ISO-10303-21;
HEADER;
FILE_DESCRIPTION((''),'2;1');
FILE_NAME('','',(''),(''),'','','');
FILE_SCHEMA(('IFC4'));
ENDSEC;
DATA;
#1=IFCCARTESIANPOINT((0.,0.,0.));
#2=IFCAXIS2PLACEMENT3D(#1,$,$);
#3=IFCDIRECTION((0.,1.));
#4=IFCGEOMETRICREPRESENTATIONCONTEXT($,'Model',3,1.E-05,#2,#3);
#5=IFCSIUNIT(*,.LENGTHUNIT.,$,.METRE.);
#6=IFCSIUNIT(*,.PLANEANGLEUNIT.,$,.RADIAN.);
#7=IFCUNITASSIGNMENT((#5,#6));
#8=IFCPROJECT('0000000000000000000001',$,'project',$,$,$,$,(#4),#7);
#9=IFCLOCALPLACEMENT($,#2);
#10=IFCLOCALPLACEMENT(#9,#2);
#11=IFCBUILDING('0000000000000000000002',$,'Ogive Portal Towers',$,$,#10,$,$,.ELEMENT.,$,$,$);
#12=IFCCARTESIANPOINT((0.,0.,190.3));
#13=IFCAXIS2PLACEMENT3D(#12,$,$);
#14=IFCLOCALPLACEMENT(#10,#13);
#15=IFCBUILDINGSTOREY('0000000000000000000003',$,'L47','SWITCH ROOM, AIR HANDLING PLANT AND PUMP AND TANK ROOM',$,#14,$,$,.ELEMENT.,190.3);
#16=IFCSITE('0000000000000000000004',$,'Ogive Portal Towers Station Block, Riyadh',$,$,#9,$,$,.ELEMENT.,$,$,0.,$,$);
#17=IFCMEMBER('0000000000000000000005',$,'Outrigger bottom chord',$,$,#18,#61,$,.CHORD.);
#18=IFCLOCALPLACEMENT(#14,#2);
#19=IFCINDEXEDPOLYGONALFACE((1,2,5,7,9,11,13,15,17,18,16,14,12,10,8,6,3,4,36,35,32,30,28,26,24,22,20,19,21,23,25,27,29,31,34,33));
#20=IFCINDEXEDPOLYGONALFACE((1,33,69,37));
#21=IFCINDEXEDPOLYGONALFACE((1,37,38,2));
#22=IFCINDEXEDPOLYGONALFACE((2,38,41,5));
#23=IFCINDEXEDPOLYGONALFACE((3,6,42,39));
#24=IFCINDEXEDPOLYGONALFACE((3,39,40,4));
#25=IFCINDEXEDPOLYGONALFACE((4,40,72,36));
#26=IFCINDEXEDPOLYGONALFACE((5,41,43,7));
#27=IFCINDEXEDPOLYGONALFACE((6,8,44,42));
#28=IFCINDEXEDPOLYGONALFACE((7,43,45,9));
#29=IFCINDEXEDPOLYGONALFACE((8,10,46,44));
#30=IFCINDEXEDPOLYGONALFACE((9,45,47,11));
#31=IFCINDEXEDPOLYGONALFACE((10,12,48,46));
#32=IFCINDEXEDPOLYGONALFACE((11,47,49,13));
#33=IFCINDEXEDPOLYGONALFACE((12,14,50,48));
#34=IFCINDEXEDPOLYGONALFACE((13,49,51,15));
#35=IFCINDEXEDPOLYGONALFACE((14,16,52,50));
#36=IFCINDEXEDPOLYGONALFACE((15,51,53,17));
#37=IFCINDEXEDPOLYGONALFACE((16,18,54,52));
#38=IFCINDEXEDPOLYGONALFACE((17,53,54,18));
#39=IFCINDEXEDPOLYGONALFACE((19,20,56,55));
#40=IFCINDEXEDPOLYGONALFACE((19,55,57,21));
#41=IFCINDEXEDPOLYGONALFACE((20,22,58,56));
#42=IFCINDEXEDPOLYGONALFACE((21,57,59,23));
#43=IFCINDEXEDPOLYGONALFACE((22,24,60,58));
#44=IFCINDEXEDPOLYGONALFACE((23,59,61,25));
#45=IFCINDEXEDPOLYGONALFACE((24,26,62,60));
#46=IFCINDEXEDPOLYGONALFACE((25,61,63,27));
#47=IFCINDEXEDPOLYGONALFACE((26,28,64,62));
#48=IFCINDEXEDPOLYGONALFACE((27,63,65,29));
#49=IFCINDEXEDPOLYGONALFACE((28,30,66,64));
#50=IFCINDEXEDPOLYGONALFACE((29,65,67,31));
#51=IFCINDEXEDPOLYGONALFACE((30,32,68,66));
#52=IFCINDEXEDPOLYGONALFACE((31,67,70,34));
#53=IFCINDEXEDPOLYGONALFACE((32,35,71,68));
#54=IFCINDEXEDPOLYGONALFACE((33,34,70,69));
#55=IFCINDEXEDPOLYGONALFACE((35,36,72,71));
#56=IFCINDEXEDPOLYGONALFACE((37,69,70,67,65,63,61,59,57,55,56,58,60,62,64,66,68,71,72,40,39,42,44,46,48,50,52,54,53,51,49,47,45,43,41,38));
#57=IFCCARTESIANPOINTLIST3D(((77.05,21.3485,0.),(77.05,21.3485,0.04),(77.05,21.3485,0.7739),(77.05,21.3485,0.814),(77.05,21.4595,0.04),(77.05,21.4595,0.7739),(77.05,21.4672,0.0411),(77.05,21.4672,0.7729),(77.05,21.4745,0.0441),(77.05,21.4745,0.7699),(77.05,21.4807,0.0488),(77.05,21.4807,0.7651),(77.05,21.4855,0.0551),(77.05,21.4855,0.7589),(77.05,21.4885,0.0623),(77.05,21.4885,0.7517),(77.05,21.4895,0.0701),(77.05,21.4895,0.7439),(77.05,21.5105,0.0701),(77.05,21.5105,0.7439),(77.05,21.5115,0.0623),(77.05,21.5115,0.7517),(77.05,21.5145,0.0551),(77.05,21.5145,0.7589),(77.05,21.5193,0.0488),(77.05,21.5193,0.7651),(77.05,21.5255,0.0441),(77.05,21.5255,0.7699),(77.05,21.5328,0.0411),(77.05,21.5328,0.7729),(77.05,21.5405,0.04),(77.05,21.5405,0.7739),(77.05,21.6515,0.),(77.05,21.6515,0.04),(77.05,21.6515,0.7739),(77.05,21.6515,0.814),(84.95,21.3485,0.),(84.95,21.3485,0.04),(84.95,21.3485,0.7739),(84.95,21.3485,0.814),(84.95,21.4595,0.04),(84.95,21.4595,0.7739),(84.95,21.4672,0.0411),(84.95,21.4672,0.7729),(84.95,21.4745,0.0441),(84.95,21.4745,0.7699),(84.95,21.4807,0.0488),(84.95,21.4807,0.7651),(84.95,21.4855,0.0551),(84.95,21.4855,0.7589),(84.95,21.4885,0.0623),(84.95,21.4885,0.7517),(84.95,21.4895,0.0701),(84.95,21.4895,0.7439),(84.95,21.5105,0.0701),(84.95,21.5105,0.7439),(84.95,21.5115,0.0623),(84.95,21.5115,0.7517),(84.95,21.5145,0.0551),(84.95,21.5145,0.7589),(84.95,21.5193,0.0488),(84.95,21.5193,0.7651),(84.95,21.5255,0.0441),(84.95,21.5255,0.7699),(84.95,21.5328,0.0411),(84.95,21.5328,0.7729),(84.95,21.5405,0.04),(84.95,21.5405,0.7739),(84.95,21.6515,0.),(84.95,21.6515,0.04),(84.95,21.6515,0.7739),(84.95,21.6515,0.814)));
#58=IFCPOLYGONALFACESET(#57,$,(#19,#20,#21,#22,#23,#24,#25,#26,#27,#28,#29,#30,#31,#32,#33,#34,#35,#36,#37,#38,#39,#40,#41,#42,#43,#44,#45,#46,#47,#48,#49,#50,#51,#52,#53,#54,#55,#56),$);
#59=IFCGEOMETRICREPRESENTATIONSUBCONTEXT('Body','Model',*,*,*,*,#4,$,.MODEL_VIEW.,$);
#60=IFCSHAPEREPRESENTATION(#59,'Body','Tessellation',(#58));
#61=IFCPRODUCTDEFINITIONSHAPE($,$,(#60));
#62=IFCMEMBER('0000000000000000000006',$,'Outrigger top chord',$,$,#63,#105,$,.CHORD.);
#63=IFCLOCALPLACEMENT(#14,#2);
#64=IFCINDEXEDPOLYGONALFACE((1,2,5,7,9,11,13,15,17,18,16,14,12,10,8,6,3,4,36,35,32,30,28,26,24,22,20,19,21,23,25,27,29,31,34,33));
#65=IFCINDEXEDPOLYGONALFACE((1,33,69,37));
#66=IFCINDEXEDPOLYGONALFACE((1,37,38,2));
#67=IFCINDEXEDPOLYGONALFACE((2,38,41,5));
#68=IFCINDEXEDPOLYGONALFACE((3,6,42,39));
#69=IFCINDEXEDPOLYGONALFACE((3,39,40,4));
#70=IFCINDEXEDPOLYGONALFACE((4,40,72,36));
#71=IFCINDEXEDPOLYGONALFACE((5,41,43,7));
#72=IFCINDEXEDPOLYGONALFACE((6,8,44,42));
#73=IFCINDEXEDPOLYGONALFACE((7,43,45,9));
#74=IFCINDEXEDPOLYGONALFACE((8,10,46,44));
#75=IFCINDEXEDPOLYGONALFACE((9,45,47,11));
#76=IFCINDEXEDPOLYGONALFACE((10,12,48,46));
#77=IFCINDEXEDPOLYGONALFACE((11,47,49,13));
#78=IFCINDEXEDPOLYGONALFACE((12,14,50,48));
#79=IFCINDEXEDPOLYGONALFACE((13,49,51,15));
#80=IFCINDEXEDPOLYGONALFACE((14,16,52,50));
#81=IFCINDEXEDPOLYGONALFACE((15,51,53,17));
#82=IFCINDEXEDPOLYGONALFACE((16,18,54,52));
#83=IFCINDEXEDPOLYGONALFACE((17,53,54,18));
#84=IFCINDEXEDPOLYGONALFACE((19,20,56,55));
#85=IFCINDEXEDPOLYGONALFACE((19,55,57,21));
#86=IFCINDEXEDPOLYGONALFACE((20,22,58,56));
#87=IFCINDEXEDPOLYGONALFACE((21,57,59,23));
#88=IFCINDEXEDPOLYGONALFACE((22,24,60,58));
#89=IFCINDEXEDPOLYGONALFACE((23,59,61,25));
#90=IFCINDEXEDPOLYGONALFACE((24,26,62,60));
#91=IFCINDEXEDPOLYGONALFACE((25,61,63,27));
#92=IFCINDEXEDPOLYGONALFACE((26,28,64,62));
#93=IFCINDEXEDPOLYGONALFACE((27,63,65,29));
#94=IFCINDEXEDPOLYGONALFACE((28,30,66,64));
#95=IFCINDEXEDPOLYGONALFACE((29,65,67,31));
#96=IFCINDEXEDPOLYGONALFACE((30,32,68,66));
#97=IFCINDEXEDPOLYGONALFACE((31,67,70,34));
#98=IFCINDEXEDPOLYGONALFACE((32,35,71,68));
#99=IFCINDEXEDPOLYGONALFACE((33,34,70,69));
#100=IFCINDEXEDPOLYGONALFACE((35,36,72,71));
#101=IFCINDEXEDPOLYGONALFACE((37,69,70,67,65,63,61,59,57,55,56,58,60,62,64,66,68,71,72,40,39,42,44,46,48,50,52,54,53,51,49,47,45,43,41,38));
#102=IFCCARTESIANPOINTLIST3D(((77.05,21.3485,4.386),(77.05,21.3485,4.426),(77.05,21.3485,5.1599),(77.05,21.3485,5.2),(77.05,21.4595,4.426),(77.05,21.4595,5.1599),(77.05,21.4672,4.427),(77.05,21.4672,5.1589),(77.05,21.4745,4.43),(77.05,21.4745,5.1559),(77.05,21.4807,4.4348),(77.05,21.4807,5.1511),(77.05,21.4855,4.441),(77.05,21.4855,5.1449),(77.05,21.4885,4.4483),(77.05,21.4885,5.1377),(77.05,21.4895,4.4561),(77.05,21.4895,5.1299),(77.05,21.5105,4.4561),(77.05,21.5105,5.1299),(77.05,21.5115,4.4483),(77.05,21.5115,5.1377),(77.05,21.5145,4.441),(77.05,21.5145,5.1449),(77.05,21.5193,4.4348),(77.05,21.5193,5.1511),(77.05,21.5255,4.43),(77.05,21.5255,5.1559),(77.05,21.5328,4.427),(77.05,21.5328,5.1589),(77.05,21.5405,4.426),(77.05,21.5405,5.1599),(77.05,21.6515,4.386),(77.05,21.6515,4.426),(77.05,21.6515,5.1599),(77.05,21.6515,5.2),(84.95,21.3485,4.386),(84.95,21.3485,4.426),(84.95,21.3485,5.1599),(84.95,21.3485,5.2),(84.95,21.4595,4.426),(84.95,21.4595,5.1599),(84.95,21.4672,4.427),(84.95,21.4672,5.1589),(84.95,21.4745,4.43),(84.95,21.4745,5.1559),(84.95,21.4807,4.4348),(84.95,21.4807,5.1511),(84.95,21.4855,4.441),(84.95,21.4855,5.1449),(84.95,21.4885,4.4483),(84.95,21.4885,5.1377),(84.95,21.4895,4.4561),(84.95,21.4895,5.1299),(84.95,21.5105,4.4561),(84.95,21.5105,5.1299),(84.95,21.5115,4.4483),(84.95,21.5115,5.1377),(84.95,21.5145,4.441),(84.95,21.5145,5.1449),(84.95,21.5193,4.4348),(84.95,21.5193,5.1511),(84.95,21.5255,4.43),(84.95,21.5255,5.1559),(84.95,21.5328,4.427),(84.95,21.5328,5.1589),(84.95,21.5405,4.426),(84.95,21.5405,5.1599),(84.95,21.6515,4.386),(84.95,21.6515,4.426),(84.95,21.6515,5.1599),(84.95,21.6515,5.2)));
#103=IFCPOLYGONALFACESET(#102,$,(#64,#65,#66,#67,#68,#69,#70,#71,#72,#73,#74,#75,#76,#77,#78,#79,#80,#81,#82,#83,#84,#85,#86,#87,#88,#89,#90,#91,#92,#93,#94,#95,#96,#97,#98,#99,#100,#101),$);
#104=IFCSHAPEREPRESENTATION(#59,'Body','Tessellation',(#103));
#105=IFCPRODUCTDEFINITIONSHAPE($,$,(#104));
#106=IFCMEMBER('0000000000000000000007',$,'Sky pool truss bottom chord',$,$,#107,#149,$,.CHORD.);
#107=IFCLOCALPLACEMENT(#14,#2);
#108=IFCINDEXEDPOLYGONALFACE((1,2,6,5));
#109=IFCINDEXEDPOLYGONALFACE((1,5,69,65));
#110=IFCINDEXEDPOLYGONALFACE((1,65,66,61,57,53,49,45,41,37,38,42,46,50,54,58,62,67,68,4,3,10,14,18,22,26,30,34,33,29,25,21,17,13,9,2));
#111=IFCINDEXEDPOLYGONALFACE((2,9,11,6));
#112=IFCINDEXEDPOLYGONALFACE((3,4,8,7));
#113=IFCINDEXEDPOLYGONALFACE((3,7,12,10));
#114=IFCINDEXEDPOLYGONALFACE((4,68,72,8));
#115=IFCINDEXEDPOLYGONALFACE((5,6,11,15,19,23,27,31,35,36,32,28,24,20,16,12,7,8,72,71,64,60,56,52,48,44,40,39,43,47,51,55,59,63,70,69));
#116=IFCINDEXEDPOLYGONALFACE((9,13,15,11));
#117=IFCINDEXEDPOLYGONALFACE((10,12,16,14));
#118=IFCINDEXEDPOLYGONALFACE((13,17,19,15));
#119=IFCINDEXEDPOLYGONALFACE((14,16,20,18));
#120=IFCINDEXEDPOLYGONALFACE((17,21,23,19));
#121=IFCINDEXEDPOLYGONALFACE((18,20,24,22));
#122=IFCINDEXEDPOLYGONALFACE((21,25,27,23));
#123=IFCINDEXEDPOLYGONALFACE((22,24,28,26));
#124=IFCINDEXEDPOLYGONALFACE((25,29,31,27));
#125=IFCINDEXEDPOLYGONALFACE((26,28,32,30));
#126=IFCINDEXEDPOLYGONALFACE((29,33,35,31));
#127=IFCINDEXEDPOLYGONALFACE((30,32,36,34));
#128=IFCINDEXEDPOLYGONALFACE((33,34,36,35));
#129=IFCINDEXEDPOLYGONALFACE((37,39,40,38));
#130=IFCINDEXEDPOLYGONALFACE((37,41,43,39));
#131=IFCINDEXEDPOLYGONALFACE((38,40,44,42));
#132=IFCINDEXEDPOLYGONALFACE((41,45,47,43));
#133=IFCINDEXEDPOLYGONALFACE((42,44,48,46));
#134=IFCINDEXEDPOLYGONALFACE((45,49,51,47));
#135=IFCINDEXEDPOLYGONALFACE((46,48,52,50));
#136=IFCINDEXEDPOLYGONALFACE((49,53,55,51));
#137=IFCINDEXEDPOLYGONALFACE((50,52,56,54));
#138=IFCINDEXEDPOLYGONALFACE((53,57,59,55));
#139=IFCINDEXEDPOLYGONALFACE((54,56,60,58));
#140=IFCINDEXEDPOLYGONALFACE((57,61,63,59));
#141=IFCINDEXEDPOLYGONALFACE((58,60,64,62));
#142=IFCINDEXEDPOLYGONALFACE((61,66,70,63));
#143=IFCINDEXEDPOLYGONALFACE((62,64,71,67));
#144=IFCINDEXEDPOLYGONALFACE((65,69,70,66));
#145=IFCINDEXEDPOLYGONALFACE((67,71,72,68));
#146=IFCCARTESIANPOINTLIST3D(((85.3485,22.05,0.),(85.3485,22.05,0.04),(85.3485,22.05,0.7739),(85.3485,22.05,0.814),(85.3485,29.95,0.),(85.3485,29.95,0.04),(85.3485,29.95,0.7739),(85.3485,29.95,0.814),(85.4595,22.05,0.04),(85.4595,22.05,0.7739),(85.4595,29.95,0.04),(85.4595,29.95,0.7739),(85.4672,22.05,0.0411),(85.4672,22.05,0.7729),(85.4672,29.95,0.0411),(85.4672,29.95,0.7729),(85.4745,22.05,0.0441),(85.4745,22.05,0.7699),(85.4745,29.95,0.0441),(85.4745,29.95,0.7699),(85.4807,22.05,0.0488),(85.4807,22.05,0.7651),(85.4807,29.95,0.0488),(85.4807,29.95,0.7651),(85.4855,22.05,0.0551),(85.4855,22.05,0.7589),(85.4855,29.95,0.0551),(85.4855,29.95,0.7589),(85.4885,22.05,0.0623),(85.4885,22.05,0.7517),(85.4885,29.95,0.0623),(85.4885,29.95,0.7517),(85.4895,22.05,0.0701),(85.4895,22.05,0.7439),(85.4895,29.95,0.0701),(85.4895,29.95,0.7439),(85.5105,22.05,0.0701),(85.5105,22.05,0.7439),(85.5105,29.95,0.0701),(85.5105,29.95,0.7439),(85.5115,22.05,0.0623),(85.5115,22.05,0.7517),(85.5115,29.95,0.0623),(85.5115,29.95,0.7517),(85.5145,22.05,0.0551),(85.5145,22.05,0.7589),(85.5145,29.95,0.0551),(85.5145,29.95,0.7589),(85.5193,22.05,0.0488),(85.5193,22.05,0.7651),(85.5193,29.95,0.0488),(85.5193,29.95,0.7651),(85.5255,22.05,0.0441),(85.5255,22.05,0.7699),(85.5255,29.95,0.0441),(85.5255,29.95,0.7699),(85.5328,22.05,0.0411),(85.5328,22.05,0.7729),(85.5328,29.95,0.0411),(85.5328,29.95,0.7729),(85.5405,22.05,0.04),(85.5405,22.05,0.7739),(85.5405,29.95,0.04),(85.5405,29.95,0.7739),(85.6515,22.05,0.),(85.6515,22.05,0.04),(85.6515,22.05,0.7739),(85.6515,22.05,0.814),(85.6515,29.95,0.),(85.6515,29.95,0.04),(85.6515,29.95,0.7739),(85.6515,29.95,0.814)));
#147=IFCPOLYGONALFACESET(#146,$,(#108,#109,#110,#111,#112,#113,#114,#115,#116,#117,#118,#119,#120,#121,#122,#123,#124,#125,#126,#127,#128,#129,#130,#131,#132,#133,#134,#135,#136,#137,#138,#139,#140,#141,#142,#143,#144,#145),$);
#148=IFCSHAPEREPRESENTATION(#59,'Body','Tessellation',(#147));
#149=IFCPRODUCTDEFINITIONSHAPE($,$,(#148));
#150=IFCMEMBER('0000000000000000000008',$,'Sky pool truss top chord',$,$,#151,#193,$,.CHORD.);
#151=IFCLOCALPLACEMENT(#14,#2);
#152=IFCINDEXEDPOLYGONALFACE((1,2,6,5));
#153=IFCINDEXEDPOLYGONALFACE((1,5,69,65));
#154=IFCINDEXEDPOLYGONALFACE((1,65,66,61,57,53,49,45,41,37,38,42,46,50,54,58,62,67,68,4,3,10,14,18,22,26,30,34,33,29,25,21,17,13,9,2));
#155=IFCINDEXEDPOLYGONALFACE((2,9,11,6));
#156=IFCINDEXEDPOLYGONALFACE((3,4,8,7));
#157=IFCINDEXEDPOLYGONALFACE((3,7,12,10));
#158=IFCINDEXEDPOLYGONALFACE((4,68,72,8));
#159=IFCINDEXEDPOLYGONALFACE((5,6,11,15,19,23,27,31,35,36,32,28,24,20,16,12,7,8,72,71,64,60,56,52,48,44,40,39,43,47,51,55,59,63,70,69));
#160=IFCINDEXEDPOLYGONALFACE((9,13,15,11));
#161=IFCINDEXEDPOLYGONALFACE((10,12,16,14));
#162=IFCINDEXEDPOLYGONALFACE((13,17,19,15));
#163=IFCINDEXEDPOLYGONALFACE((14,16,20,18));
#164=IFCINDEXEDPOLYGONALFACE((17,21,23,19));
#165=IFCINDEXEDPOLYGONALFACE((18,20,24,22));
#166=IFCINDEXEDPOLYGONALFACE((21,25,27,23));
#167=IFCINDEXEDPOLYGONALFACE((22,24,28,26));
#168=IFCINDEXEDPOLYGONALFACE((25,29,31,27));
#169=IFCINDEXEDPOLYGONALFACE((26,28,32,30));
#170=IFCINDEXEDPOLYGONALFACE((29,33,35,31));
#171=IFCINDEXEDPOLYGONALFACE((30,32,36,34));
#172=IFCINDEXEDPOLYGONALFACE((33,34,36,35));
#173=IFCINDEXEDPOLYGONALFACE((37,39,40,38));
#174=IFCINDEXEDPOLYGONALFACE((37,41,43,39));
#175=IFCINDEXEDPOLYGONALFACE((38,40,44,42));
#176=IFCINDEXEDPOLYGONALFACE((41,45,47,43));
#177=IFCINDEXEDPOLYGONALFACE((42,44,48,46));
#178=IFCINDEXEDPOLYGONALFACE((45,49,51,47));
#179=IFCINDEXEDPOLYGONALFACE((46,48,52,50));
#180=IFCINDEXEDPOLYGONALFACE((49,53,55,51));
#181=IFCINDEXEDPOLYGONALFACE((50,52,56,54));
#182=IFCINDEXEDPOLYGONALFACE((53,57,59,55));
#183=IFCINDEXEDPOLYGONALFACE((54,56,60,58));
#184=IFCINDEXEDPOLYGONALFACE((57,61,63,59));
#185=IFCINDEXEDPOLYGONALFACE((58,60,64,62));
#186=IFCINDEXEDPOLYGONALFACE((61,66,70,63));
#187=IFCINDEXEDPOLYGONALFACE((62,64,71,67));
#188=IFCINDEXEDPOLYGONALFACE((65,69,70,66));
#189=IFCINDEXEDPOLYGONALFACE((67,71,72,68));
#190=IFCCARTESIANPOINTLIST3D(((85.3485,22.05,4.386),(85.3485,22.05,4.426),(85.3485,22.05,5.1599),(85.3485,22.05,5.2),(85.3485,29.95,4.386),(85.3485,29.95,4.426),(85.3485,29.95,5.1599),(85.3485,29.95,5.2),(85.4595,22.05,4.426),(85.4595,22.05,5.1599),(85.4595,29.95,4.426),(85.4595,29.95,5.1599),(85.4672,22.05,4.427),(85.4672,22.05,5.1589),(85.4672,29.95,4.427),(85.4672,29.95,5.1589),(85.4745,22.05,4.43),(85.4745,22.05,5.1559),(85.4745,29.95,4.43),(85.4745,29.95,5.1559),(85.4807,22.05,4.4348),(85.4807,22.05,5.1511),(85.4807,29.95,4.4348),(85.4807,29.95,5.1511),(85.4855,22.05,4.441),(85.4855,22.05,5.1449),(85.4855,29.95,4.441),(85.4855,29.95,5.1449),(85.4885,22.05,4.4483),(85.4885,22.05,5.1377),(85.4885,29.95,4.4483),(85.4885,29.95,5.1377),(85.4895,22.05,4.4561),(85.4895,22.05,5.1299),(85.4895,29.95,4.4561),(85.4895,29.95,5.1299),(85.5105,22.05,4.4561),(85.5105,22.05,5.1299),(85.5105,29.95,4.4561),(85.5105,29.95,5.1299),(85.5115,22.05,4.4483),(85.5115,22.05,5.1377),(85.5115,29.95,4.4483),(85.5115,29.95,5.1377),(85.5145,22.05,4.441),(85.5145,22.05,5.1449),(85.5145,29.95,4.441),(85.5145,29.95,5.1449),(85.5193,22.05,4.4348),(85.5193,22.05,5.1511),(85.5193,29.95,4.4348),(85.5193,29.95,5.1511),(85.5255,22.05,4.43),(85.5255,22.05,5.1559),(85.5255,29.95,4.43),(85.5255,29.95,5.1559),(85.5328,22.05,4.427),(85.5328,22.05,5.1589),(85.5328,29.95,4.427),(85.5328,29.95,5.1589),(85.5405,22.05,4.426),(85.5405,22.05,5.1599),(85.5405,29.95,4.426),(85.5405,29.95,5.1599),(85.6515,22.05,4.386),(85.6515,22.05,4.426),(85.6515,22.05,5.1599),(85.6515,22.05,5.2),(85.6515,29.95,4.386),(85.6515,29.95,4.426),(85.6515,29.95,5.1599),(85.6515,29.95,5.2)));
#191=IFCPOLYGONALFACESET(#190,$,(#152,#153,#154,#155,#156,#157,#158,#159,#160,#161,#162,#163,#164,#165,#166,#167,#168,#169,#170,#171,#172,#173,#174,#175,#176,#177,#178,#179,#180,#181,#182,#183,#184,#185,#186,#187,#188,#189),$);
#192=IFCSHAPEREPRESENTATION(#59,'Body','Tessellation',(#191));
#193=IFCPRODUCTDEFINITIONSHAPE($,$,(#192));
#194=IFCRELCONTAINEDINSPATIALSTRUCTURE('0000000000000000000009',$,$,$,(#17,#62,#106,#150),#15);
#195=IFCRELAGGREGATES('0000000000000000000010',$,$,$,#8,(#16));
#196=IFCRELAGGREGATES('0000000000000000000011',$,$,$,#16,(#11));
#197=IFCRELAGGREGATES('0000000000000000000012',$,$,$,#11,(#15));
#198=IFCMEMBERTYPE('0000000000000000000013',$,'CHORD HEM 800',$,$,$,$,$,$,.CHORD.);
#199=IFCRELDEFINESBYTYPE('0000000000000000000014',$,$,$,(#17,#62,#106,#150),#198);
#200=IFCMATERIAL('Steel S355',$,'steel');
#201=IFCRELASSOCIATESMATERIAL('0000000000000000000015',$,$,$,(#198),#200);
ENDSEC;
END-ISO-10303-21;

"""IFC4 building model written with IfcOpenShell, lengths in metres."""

from ifc_helpers import new_model, si_unit, direction, frame, origin, origin_2d, place, context, subcontext, project, spatial, i_section, extrude, material, material_profile, profile_set, type_object, element, save


model = new_model("IFC4")

# Units and contexts
model_context = context("Model", 3, precision=1e-05, world=origin(), true_north=direction((0.0, 1.0)))
body_context = subcontext(model_context, "Body", "Model", "MODEL_VIEW")
ifc_project = project(units=[si_unit("LENGTHUNIT", "METRE"), si_unit("PLANEANGLEUNIT", "RADIAN")], contexts=[model_context])

# Site, building, storey
site_placement = place(None, origin())
site = spatial("IfcSite", under=ifc_project, at=site_placement, Name="Ogive Portal Towers Station Block, Riyadh", CompositionType="ELEMENT", RefElevation=0.0)
building_placement = place(site_placement, origin())
building = spatial("IfcBuilding", under=site, at=building_placement, Name="Ogive Portal Towers", CompositionType="ELEMENT")
storey_placement = place(building_placement, frame((0.0, 0.0, 190.3)))
storey = spatial("IfcBuildingStorey", under=building, at=storey_placement, Name="L47", Description="SWITCH ROOM, AIR HANDLING PLANT AND PUMP AND TANK ROOM", CompositionType="ELEMENT", Elevation=190.3)

# Members
ifc_material_1 = material(Name="Steel S355", Category="steel")
ifc_material_profile_1 = material_profile(ifc_material_1, i_section(OverallWidth=0.303, OverallDepth=0.814, WebThickness=0.021, FlangeThickness=0.04, FilletRadius=0.03, at=origin_2d()), Name="HEM 800")
ifc_profile_set_1 = profile_set([ifc_material_profile_1], Name="Steel S355")
member_type_1 = type_object("IfcMemberType", Name="CHORD HEM 800", PredefinedType="CHORD", material=ifc_profile_set_1)
for number, where, z_axis, x_axis, name in (
    (1, (77.05, 21.5, 0.407), (1.0, 0.0, 0.0), (0.0, 1.0, 0.0), "Outrigger bottom chord"),
    (2, (77.05, 21.5, 4.793), (1.0, 0.0, 0.0), (0.0, 1.0, 0.0), "Outrigger top chord"),
    (3, (85.5, 22.05, 0.407), (0.0, 1.0, 0.0), (-1.0, 0.0, 0.0), "Sky pool truss bottom chord"),
    (4, (85.5, 22.05, 4.793), (0.0, 1.0, 0.0), (-1.0, 0.0, 0.0), "Sky pool truss top chord"),
):
    element("IfcMember", number, at=place(storey_placement, frame(where, z_axis=z_axis, x_axis=x_axis)), inside=storey, type_object=member_type_1, Name=name, PredefinedType="CHORD", context=body_context, shape_type="SweptSolid", body=[
        extrude(i_section(OverallWidth=0.303, OverallDepth=0.814, WebThickness=0.021, FlangeThickness=0.04, FilletRadius=0.03, at=origin_2d()), origin(), (0.0, 0.0, 1.0), 7.8999),
    ])

save(model, "model.ifc")
